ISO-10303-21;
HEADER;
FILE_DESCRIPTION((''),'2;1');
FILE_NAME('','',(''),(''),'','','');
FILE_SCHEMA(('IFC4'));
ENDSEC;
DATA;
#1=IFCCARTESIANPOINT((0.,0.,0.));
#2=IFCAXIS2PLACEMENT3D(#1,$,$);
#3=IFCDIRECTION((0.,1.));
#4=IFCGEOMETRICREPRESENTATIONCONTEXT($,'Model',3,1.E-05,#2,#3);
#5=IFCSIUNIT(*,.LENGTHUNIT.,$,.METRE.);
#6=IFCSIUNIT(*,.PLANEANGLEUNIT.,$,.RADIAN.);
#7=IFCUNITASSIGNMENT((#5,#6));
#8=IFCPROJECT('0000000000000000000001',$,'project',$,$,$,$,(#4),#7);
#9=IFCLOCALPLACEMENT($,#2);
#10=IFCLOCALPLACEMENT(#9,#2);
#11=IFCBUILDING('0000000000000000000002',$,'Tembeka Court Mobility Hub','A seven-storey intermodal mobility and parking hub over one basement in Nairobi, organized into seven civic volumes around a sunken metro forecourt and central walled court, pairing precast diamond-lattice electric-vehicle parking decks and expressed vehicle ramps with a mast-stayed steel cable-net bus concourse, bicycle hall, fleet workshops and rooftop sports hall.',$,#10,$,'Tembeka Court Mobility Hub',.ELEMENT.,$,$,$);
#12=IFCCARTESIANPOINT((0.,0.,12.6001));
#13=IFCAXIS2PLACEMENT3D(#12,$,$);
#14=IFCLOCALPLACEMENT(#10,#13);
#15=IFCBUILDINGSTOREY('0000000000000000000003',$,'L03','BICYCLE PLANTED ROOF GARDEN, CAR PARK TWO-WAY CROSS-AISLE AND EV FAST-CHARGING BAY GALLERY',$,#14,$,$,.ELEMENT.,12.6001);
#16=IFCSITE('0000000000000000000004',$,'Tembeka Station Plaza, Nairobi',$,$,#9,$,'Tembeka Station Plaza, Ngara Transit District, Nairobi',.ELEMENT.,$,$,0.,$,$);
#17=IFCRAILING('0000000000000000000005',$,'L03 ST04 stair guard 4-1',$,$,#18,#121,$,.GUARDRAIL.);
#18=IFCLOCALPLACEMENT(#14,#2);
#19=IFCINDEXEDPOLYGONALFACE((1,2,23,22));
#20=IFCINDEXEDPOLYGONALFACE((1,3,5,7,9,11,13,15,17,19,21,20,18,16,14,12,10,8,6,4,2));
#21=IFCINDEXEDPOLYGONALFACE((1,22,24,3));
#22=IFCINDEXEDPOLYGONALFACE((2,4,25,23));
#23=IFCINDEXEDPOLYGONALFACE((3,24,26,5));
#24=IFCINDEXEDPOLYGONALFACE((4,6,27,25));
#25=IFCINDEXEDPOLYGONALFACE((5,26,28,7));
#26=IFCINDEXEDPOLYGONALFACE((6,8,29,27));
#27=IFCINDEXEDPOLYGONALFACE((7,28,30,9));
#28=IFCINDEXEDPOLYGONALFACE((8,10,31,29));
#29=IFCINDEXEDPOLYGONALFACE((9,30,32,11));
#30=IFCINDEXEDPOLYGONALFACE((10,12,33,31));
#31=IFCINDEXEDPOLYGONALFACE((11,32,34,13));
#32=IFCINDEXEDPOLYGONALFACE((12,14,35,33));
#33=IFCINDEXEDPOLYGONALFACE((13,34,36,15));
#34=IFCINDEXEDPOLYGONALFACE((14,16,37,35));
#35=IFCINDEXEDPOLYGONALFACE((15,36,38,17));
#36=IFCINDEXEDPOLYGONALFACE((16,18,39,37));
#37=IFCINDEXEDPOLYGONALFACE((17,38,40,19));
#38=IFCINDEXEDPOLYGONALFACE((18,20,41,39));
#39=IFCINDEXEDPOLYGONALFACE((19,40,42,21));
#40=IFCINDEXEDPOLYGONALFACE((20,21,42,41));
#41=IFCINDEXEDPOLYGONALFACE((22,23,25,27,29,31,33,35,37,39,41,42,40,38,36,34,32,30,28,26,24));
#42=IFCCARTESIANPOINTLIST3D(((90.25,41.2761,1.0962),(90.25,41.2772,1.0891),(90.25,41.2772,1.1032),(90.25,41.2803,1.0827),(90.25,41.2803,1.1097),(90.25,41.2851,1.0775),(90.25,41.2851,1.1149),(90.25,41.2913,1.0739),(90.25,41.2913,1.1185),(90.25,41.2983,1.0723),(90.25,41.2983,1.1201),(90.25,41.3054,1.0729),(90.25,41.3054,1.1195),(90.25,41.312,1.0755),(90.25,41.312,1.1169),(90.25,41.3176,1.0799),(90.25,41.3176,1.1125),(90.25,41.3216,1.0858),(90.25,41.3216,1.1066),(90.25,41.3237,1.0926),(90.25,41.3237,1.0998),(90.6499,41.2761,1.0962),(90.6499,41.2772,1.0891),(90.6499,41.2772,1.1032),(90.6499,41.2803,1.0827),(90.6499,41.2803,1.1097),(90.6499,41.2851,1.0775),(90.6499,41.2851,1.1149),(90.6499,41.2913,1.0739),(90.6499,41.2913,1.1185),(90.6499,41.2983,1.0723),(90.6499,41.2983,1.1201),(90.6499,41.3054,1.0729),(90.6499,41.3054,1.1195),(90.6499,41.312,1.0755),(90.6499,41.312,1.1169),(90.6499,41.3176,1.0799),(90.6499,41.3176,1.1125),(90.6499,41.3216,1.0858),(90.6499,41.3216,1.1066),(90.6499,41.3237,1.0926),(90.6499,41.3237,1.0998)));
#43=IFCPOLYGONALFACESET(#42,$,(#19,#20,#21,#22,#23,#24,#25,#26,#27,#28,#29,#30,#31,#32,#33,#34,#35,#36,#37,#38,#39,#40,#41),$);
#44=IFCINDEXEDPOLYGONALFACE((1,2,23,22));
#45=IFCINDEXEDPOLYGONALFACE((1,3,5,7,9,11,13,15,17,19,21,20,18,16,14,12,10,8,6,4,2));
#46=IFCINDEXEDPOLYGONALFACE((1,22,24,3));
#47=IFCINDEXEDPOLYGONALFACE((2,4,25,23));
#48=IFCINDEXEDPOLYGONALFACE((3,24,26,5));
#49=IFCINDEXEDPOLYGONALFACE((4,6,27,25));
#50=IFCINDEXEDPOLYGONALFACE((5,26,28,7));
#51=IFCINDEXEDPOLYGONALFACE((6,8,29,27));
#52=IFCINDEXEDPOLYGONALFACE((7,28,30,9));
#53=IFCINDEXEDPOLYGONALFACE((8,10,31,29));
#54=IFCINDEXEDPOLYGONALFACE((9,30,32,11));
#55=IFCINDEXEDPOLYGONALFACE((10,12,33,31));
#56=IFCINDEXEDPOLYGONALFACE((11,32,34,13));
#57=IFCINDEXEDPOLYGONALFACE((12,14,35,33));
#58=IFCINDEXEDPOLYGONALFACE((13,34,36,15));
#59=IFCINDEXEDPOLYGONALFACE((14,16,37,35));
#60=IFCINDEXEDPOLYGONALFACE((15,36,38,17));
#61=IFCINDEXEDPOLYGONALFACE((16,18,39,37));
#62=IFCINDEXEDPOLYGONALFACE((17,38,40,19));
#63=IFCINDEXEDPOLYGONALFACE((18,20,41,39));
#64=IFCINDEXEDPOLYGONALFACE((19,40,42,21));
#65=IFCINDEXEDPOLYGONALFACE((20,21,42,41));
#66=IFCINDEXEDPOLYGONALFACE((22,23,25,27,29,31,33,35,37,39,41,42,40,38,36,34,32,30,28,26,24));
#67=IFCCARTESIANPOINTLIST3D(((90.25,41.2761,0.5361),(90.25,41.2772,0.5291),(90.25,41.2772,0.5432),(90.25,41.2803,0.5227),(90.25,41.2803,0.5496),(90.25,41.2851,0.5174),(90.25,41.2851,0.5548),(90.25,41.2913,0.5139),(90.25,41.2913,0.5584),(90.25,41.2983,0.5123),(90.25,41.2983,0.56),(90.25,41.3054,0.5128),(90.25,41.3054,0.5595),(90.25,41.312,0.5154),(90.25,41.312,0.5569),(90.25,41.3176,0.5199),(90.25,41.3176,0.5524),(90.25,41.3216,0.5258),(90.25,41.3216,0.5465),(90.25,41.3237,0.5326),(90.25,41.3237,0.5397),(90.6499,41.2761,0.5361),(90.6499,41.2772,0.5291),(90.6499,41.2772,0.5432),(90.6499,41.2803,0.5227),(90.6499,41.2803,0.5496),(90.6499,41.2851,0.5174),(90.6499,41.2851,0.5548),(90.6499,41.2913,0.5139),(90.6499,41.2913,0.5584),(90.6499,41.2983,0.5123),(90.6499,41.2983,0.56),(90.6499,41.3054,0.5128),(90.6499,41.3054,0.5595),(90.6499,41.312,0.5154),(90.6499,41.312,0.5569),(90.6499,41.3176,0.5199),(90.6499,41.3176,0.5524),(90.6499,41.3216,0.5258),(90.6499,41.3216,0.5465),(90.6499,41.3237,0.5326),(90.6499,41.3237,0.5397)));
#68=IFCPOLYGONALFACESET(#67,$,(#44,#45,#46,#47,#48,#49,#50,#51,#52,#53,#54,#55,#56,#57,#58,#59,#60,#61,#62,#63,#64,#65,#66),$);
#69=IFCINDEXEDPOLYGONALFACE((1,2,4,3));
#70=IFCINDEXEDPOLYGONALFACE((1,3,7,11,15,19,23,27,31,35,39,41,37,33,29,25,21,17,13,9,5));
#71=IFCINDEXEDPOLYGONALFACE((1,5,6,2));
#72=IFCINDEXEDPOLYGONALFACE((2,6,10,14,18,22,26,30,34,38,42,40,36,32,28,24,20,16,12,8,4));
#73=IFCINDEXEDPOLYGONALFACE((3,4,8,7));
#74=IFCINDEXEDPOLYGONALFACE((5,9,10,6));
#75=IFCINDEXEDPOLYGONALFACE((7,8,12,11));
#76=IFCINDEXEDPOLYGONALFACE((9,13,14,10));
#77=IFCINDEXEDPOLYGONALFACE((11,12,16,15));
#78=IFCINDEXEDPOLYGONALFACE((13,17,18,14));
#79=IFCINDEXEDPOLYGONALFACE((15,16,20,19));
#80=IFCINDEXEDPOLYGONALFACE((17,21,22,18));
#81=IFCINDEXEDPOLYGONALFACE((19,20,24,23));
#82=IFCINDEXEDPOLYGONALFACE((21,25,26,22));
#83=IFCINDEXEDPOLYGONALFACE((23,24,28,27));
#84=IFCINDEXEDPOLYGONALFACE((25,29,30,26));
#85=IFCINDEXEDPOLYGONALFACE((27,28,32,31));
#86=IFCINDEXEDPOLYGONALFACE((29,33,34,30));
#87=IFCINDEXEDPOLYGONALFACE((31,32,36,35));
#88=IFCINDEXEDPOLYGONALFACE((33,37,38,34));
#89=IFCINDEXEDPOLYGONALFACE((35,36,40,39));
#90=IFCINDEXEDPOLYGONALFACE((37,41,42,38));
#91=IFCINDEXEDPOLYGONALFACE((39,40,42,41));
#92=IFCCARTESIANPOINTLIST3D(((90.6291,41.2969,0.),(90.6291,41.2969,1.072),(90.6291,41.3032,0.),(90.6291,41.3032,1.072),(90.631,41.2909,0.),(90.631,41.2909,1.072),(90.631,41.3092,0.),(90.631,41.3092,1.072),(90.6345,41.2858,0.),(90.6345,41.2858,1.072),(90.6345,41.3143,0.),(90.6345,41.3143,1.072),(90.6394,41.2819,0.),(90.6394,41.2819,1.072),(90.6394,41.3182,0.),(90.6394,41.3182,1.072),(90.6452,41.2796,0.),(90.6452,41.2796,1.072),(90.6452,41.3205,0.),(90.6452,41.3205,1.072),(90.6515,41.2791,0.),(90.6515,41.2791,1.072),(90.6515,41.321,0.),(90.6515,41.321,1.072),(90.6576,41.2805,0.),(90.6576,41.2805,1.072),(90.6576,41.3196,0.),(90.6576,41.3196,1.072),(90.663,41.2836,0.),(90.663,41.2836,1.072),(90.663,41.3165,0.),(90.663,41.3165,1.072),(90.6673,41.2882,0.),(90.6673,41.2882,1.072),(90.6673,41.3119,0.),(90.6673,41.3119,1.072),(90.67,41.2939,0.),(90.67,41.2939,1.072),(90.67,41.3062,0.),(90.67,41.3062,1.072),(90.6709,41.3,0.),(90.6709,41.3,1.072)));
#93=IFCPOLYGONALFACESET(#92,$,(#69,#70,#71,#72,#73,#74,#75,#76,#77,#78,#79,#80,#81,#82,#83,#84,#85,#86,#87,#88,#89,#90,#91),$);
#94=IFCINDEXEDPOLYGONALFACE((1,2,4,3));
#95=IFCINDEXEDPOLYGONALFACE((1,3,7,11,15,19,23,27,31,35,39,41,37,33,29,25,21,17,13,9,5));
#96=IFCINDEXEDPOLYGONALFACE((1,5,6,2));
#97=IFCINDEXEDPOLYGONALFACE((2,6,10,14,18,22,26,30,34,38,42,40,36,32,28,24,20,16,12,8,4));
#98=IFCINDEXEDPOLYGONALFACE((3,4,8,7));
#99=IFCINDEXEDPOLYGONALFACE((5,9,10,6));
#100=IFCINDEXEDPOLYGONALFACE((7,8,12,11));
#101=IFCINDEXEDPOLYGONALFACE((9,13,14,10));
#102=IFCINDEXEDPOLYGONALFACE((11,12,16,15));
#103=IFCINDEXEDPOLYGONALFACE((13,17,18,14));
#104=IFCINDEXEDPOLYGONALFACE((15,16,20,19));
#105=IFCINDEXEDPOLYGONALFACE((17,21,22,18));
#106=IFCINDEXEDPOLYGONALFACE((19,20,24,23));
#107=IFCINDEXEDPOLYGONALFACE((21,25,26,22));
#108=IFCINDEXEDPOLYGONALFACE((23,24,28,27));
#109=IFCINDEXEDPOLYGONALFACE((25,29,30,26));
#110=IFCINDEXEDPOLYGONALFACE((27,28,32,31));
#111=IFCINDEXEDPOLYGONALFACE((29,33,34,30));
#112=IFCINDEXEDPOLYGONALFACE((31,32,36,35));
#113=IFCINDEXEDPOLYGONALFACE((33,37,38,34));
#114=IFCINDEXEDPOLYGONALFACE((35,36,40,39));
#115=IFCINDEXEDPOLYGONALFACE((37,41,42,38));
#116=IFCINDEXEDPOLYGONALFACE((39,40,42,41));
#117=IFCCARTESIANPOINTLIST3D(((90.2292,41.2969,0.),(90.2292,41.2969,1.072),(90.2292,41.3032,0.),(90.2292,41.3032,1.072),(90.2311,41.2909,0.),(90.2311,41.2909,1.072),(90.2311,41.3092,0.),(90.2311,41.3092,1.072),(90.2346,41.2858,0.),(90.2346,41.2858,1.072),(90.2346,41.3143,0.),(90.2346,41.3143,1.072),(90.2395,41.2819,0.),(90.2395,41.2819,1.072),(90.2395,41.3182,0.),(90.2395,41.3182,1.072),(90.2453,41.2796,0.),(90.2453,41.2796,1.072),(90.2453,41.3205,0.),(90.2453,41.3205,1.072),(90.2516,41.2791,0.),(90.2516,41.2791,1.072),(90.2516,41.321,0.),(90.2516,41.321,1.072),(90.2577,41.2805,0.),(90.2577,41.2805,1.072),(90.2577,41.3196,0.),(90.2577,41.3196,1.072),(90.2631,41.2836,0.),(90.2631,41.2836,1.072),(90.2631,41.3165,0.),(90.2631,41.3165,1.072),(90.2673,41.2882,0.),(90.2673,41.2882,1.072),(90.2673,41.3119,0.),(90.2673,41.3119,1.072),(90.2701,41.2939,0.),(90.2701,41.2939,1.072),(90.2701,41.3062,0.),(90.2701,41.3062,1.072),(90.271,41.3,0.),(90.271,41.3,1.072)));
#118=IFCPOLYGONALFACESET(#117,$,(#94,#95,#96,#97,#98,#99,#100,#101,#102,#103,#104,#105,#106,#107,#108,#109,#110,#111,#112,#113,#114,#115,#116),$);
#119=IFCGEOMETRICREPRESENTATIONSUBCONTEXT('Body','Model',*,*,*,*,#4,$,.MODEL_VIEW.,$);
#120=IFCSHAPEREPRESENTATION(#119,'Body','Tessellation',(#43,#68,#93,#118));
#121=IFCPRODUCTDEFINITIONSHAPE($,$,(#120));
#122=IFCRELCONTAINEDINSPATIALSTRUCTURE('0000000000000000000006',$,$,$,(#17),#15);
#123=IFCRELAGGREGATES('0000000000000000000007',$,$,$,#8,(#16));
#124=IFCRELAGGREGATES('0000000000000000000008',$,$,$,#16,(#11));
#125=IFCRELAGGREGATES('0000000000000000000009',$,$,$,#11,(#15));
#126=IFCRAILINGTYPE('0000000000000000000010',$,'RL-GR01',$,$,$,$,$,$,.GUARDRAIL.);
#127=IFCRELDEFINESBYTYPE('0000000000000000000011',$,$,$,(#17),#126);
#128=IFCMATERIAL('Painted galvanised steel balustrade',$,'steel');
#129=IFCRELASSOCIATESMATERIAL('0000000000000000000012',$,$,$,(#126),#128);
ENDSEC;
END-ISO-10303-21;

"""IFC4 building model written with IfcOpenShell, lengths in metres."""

from ifc_helpers import new_model, si_unit, direction, frame, origin, origin_2d, place, context, subcontext, project, spatial, circle, extrude, material, type_object, element, save


model = new_model("IFC4")

# Units and contexts
model_context = context("Model", 3, precision=1e-05, world=origin(), true_north=direction((0.0, 1.0)))
body_context = subcontext(model_context, "Body", "Model", "MODEL_VIEW")
ifc_project = project(units=[si_unit("LENGTHUNIT", "METRE"), si_unit("PLANEANGLEUNIT", "RADIAN")], contexts=[model_context])

# Site, building, storey
site_placement = place(None, origin())
site = spatial("IfcSite", under=ifc_project, at=site_placement, Name="Tembeka Station Plaza, Nairobi", LongName="Tembeka Station Plaza, Ngara Transit District, Nairobi", CompositionType="ELEMENT", RefElevation=0.0)
building_placement = place(site_placement, origin())
building = spatial("IfcBuilding", under=site, at=building_placement, Name="Tembeka Court Mobility Hub", Description="A seven-storey intermodal mobility and parking hub over one basement in Nairobi, organized into seven civic volumes around a sunken metro forecourt and central walled court, pairing precast diamond-lattice electric-vehicle parking decks and expressed vehicle ramps with a mast-stayed steel cable-net bus concourse, bicycle hall, fleet workshops and rooftop sports hall.", LongName="Tembeka Court Mobility Hub", CompositionType="ELEMENT")
storey_placement = place(building_placement, frame((0.0, 0.0, 12.6001)))
storey = spatial("IfcBuildingStorey", under=building, at=storey_placement, Name="L03", Description="BICYCLE PLANTED ROOF GARDEN, CAR PARK TWO-WAY CROSS-AISLE AND EV FAST-CHARGING BAY GALLERY", CompositionType="ELEMENT", Elevation=12.6001)

# Railing
ifc_material_1 = material(Name="Painted galvanised steel balustrade", Category="steel")
railing_type_1 = type_object("IfcRailingType", Name="RL-GR01", PredefinedType="GUARDRAIL", material=ifc_material_1)
railing_1_placement = place(storey_placement, frame((90.6499, 41.3, 0.0)))
element("IfcRailing", 1, at=railing_1_placement, inside=storey, type_object=railing_type_1, Name="L03 ST04 stair guard 4-1", PredefinedType="GUARDRAIL", context=body_context, shape_type="SweptSolid", body=[
    extrude(circle(Radius=0.0239, at=origin_2d()), frame((0.0, 0.0, 1.0962), z_axis=(-1.0, 0.0, 0.0), x_axis=(0.0, -1.0, 0.0)), (0.0, 0.0, 1.0), 0.3999),
    extrude(circle(Radius=0.0239, at=origin_2d()), frame((0.0, 0.0, 0.5361), z_axis=(-1.0, 0.0, 0.0), x_axis=(0.0, -1.0, 0.0)), (0.0, 0.0, 1.0), 0.3999),
    extrude(circle(Radius=0.021, at=origin_2d()), origin(), (0.0, 0.0, 1.0), 1.072),
    extrude(circle(Radius=0.021, at=origin_2d()), frame((-0.3999, 0.0, 0.0)), (0.0, 0.0, 1.0), 1.072),
])

save(model, "model.ifc")
